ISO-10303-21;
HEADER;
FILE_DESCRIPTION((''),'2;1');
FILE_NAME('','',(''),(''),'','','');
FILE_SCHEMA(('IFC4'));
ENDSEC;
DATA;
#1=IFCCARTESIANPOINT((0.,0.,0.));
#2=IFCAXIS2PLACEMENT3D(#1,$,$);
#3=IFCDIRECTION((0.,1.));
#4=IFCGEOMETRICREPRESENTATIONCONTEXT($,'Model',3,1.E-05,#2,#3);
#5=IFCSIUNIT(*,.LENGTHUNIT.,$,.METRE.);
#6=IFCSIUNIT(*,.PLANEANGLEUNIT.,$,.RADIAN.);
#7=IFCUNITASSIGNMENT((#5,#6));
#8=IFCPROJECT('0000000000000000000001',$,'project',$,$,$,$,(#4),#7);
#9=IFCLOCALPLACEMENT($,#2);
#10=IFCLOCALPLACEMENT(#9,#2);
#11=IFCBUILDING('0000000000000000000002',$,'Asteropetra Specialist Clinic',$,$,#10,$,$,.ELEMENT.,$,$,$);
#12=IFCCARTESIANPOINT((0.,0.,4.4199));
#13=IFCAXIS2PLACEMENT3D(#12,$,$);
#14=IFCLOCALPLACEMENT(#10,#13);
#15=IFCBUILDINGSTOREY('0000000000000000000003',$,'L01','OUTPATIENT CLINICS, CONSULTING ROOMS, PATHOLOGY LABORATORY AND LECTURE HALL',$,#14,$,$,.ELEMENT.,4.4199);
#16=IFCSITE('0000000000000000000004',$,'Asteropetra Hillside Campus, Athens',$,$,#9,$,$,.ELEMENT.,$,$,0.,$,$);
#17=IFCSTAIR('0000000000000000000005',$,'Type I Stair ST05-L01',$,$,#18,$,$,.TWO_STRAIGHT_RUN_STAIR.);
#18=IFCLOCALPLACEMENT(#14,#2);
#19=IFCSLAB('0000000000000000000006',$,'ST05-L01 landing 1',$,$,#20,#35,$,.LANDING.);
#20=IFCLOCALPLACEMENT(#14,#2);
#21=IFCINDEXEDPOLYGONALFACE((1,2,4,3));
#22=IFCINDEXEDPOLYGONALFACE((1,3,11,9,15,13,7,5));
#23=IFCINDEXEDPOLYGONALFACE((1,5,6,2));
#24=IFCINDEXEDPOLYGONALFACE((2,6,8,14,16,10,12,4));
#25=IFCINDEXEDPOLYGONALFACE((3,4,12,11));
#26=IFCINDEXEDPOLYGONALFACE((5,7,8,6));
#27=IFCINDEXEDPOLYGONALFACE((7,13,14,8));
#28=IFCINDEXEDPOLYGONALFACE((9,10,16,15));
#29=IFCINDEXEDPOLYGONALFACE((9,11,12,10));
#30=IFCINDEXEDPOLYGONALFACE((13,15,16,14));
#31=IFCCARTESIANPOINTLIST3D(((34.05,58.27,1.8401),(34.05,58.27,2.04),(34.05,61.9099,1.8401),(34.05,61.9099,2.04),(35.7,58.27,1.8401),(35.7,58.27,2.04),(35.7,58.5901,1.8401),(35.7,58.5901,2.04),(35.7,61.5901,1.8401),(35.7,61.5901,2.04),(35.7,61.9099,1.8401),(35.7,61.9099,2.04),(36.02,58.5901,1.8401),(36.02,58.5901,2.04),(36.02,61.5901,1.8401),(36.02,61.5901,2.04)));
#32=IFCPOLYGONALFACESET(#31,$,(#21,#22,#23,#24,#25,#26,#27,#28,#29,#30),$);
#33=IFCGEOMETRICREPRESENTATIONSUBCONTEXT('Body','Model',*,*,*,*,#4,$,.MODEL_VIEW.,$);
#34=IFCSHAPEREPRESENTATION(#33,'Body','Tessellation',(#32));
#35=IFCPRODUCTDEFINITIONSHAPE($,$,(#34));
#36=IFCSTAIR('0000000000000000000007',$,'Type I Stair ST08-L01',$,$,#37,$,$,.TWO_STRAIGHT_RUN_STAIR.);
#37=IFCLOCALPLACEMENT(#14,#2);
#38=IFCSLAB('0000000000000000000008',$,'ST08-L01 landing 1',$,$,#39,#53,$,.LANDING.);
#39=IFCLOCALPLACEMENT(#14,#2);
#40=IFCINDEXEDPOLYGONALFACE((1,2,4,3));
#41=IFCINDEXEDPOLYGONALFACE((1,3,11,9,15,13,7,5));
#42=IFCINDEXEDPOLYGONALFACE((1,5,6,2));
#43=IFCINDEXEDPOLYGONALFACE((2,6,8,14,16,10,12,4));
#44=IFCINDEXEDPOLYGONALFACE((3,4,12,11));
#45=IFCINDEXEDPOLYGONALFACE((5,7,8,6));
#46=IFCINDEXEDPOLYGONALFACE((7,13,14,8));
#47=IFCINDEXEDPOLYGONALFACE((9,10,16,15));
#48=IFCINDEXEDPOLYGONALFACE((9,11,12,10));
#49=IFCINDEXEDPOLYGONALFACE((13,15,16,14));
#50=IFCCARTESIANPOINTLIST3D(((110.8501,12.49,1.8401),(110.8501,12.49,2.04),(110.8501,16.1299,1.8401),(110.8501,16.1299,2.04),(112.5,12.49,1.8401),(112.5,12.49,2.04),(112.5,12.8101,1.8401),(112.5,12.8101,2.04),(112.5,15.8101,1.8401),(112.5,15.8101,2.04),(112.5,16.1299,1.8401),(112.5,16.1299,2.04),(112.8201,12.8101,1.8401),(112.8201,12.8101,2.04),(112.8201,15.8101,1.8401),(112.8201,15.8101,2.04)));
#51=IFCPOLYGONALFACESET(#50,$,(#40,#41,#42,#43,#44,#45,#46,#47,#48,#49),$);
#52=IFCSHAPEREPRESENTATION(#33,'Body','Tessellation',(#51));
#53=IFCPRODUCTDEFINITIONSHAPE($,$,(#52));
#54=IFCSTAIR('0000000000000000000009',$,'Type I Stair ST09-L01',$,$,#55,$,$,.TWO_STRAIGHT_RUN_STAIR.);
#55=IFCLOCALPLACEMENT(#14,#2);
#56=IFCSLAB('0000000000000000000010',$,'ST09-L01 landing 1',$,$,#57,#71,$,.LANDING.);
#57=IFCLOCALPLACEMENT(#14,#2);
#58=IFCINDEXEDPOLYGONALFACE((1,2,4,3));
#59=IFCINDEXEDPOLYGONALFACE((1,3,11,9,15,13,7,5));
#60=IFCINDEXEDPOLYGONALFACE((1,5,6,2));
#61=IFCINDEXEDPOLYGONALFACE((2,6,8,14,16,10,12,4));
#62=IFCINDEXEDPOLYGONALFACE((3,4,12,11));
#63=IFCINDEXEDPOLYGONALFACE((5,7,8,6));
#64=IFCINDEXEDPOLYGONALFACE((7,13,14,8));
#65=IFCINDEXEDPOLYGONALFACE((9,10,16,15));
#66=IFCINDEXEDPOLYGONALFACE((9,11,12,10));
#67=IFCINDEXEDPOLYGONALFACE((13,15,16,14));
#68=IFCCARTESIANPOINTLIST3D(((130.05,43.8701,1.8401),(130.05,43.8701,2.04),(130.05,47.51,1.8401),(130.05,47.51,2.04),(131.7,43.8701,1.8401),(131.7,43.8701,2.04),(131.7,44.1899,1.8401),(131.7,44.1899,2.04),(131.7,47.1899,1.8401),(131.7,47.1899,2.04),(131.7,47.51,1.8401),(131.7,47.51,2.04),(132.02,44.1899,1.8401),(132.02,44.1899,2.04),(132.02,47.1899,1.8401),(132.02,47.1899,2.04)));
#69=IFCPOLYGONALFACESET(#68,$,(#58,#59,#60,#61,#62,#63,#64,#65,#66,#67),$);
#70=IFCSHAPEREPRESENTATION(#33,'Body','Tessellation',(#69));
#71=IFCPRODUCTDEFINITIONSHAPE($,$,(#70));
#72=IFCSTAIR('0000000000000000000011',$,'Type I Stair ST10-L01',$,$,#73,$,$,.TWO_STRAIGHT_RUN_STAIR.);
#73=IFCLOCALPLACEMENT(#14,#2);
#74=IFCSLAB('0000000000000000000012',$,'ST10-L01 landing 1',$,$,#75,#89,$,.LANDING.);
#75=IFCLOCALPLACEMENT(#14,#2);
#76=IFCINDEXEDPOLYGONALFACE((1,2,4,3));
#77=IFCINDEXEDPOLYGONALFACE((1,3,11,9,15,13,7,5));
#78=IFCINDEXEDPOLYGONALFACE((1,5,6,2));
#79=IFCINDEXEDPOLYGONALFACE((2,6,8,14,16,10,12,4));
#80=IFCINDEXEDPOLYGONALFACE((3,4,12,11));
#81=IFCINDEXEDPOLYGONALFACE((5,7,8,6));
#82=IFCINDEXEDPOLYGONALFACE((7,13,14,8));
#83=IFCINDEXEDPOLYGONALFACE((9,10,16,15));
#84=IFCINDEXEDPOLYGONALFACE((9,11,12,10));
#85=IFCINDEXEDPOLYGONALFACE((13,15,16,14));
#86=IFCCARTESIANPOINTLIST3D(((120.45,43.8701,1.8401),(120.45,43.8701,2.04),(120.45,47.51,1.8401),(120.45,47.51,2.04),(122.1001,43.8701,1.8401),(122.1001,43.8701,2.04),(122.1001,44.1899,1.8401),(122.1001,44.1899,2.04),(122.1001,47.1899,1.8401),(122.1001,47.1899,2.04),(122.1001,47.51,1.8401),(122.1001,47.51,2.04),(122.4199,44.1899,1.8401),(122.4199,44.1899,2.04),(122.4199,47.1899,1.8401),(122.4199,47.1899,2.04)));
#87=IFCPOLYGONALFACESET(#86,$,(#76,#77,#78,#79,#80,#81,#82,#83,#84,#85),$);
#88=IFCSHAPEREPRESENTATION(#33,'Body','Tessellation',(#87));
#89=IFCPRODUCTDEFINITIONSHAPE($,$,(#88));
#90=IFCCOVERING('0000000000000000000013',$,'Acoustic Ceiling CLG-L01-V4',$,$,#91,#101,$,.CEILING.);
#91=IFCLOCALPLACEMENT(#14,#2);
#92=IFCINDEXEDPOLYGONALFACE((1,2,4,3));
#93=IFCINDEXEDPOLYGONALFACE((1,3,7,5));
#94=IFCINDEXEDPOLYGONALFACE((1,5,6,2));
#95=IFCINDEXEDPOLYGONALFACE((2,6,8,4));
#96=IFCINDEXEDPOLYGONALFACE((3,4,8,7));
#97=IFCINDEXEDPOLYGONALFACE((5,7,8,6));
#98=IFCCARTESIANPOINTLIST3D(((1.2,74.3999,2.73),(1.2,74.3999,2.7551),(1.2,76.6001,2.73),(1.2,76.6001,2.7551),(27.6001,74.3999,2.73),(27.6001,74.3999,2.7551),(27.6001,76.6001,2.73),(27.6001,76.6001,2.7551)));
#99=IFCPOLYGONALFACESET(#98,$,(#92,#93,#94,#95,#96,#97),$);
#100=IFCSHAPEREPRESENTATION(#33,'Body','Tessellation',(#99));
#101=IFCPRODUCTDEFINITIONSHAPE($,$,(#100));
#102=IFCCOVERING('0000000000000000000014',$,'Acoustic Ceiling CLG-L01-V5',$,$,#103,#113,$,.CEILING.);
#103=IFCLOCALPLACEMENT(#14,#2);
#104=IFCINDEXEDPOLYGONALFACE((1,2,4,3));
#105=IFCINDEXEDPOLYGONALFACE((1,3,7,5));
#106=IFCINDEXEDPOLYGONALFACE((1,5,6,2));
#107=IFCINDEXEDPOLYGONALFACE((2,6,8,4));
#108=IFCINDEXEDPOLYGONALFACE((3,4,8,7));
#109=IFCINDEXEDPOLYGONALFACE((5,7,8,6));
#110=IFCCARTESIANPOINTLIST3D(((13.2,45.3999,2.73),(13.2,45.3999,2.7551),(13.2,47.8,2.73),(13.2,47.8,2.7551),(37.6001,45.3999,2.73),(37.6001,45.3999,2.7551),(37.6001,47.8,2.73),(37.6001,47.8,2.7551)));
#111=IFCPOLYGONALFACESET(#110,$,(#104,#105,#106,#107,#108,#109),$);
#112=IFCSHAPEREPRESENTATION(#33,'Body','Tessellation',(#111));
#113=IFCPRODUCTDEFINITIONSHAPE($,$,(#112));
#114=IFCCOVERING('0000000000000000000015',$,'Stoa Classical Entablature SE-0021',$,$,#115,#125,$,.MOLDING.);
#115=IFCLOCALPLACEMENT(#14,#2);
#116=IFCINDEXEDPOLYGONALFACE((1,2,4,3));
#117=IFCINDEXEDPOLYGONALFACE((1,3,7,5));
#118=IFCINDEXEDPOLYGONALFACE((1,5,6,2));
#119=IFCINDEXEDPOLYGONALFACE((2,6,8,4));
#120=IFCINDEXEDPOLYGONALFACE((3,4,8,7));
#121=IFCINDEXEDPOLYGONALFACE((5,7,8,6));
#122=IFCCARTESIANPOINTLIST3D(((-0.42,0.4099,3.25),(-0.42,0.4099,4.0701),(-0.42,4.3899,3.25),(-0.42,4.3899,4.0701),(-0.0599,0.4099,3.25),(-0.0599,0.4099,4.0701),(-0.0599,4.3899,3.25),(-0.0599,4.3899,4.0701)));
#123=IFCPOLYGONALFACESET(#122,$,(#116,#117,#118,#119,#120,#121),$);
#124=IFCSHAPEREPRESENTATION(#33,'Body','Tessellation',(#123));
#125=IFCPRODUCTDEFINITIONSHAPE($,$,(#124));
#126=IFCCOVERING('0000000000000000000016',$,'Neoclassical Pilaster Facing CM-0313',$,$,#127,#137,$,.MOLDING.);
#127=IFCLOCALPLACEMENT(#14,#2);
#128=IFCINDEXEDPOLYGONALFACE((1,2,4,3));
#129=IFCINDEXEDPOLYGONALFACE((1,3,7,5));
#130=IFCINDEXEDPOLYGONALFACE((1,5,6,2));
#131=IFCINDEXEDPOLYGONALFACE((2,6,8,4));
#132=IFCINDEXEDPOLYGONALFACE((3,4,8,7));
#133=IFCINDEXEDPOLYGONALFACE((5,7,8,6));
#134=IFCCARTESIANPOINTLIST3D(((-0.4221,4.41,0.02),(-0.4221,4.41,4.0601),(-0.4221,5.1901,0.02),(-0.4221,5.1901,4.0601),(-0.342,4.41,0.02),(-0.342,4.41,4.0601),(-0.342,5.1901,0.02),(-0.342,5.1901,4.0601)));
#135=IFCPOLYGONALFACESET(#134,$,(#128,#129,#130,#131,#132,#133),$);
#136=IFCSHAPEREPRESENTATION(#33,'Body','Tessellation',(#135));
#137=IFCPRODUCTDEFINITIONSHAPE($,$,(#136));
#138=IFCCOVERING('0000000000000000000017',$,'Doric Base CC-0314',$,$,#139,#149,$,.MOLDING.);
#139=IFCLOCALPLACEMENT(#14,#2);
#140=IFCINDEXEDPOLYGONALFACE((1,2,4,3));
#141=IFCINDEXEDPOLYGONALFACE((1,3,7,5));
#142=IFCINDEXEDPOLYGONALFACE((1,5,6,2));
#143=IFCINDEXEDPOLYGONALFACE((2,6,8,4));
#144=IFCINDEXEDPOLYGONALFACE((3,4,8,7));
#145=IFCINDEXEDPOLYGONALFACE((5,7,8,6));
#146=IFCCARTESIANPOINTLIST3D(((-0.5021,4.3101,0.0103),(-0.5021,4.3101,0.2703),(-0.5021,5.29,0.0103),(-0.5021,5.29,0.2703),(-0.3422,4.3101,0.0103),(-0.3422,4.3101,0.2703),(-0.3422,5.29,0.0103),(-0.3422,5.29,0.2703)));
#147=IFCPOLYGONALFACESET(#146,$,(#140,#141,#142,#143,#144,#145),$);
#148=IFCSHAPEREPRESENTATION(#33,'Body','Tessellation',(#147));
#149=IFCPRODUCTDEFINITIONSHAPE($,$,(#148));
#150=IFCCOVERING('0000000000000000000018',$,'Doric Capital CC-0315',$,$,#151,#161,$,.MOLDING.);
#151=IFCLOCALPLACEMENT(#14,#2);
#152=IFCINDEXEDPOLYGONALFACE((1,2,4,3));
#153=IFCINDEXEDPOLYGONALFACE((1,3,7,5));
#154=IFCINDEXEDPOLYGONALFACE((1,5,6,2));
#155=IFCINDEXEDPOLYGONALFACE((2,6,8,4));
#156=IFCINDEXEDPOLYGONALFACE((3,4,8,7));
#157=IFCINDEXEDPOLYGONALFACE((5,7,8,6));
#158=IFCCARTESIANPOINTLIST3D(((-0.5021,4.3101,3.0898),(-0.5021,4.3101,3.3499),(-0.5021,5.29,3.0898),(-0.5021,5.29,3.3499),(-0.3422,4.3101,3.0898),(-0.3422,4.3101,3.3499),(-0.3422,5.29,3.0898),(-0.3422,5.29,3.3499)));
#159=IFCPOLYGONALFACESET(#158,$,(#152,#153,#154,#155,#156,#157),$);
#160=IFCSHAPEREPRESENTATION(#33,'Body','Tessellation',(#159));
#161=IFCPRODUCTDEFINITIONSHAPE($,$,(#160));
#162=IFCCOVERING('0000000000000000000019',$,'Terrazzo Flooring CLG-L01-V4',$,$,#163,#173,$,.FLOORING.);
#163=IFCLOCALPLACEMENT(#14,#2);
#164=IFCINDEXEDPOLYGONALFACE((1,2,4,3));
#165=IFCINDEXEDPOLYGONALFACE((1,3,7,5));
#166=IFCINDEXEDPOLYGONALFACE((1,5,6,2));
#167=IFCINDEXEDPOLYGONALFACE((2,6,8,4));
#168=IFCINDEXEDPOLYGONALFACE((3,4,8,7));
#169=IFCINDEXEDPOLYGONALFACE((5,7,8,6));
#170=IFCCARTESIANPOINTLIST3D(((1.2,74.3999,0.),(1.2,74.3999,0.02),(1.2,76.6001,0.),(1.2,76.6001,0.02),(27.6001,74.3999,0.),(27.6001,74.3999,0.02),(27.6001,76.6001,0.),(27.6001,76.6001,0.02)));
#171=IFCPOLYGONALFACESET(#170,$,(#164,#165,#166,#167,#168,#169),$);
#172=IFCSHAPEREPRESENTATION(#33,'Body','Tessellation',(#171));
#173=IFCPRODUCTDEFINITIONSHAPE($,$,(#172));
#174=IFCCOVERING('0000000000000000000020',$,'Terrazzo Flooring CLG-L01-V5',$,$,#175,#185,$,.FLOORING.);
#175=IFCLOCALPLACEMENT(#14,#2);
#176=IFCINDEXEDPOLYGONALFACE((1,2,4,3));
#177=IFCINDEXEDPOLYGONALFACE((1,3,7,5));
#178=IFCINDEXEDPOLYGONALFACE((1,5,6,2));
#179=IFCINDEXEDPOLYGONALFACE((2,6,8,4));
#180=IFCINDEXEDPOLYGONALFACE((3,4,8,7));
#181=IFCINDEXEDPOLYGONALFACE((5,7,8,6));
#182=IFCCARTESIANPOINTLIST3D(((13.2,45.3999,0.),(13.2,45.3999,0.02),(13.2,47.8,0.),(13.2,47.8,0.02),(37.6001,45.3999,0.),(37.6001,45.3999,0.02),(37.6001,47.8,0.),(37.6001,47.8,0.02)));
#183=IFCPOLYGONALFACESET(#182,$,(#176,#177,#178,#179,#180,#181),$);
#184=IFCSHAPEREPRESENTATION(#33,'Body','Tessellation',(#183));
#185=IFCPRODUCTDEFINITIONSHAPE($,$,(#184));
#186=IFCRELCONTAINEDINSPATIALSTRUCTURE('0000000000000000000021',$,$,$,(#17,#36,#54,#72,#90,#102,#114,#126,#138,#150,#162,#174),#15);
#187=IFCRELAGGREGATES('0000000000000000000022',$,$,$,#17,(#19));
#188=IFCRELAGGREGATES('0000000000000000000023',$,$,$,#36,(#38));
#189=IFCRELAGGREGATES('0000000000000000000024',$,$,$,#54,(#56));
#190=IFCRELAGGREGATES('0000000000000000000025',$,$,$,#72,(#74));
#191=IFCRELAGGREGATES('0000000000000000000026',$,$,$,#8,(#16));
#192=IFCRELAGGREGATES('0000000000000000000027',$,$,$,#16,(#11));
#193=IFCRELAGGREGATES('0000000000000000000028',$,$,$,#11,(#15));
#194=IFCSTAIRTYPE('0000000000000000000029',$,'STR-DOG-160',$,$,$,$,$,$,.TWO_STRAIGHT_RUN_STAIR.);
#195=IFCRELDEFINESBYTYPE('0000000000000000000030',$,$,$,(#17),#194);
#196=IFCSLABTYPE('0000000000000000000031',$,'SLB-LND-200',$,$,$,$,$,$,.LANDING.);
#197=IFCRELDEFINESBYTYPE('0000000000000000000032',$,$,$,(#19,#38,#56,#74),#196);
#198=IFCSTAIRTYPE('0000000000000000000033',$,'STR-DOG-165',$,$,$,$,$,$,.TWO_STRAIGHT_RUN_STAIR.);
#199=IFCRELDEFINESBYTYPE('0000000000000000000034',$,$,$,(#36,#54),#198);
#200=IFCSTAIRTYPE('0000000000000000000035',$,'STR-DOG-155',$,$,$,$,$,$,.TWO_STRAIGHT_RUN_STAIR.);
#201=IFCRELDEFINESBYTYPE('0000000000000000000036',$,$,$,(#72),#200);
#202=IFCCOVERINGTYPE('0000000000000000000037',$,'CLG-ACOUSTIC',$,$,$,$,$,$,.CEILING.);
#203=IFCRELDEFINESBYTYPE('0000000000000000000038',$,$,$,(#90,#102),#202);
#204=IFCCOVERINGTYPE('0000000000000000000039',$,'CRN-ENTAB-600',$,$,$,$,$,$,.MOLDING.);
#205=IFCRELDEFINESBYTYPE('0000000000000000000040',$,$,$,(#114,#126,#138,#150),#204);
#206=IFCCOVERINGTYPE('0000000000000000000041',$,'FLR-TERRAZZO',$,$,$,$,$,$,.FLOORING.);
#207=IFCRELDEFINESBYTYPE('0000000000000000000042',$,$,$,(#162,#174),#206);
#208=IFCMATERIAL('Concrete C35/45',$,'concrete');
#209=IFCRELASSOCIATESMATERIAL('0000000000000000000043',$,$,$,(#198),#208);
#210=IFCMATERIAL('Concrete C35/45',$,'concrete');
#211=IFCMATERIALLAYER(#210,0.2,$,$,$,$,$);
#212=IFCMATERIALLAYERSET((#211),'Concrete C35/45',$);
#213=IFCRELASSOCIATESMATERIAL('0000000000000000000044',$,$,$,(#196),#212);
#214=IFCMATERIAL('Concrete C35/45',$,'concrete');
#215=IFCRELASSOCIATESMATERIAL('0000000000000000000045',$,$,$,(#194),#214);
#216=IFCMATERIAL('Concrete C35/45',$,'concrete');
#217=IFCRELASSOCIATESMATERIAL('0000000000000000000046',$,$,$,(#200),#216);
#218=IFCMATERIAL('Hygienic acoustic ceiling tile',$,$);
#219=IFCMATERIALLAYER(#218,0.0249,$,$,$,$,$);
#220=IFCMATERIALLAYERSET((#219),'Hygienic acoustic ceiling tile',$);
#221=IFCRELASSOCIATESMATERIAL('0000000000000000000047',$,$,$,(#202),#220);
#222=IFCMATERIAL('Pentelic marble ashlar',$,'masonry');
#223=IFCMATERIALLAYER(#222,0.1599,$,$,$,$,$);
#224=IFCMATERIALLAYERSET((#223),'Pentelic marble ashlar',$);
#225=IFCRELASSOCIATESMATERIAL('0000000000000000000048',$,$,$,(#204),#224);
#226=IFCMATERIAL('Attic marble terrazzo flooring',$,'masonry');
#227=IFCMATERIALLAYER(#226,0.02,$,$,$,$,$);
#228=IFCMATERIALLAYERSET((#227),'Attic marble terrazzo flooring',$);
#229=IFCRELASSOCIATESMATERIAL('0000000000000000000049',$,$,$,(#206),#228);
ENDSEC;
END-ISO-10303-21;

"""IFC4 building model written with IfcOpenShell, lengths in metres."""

from ifc_helpers import new_model, si_unit, direction, frame, origin, origin_2d, place, context, subcontext, project, spatial, polyline, rectangle, outline, extrude, material, layer, layer_set, type_object, element, aggregate, save


model = new_model("IFC4")

# Units and contexts
model_context = context("Model", 3, precision=1e-05, world=origin(), true_north=direction((0.0, 1.0)))
body_context = subcontext(model_context, "Body", "Model", "MODEL_VIEW")
ifc_project = project(units=[si_unit("LENGTHUNIT", "METRE"), si_unit("PLANEANGLEUNIT", "RADIAN")], contexts=[model_context])

# Site, building, storey
site_placement = place(None, origin())
site = spatial("IfcSite", under=ifc_project, at=site_placement, Name="Asteropetra Hillside Campus, Athens", CompositionType="ELEMENT", RefElevation=0.0)
building_placement = place(site_placement, origin())
building = spatial("IfcBuilding", under=site, at=building_placement, Name="Asteropetra Specialist Clinic", CompositionType="ELEMENT")
storey_placement = place(building_placement, frame((0.0, 0.0, 4.4199)))
storey = spatial("IfcBuildingStorey", under=building, at=storey_placement, Name="L01", Description="OUTPATIENT CLINICS, CONSULTING ROOMS, PATHOLOGY LABORATORY AND LECTURE HALL", CompositionType="ELEMENT", Elevation=4.4199)

# Stairs, slabs
ifc_material_1 = material(Name="Concrete C35/45", Category="concrete")
stair_type_1 = type_object("IfcStairType", Name="STR-DOG-165", PredefinedType="TWO_STRAIGHT_RUN_STAIR", material=ifc_material_1)
ifc_material_2 = material(Name="Concrete C35/45", Category="concrete")
ifc_layer_1 = layer(ifc_material_2, 0.2)
ifc_layer_set_1 = layer_set([ifc_layer_1], Name="Concrete C35/45")
slab_type = type_object("IfcSlabType", Name="SLB-LND-200", PredefinedType="LANDING", material=ifc_layer_set_1)
ifc_material_3 = material(Name="Concrete C35/45", Category="concrete")
stair_type_2 = type_object("IfcStairType", Name="STR-DOG-160", PredefinedType="TWO_STRAIGHT_RUN_STAIR", material=ifc_material_3)
stair_1_placement = place(storey_placement, origin())
stair_1 = element("IfcStair", 1, at=stair_1_placement, inside=storey, type_object=stair_type_2, Name="Type I Stair ST05-L01", PredefinedType="TWO_STRAIGHT_RUN_STAIR")
slab_1_placement = place(storey_placement, frame((0.0, 0.0, 1.8401)))
slab_1 = element("IfcSlab", 2, at=slab_1_placement, type_object=slab_type, Name="ST05-L01 landing 1", PredefinedType="LANDING", context=body_context, shape_type="SweptSolid", body=[
    extrude(outline(polyline([(34.05, 58.27), (35.7, 58.27), (35.7, 58.5901), (36.02, 58.5901), (36.02, 61.5901), (35.7, 61.5901), (35.7, 61.9099), (34.05, 61.9099), (34.05, 58.27)])), origin(), (0.0, 0.0, 1.0), 0.2),
])
aggregate(stair_1, [slab_1])
stair_2_placement = place(storey_placement, origin())
stair_2 = element("IfcStair", 3, at=stair_2_placement, inside=storey, type_object=stair_type_1, Name="Type I Stair ST08-L01", PredefinedType="TWO_STRAIGHT_RUN_STAIR")
slab_2_placement = place(storey_placement, frame((0.0, 0.0, 1.8401)))
slab_2 = element("IfcSlab", 4, at=slab_2_placement, type_object=slab_type, Name="ST08-L01 landing 1", PredefinedType="LANDING", context=body_context, shape_type="SweptSolid", body=[
    extrude(outline(polyline([(110.8501, 12.49), (112.5, 12.49), (112.5, 12.8101), (112.8201, 12.8101), (112.8201, 15.8101), (112.5, 15.8101), (112.5, 16.1299), (110.8501, 16.1299), (110.8501, 12.49)])), origin(), (0.0, 0.0, 1.0), 0.2),
])
aggregate(stair_2, [slab_2])
stair_3_placement = place(storey_placement, origin())
stair_3 = element("IfcStair", 5, at=stair_3_placement, inside=storey, type_object=stair_type_1, Name="Type I Stair ST09-L01", PredefinedType="TWO_STRAIGHT_RUN_STAIR")
slab_3_placement = place(storey_placement, frame((0.0, 0.0, 1.8401)))
slab_3 = element("IfcSlab", 6, at=slab_3_placement, type_object=slab_type, Name="ST09-L01 landing 1", PredefinedType="LANDING", context=body_context, shape_type="SweptSolid", body=[
    extrude(outline(polyline([(130.05, 43.8701), (131.7, 43.8701), (131.7, 44.1899), (132.02, 44.1899), (132.02, 47.1899), (131.7, 47.1899), (131.7, 47.51), (130.05, 47.51), (130.05, 43.8701)])), origin(), (0.0, 0.0, 1.0), 0.2),
])
aggregate(stair_3, [slab_3])
ifc_material_4 = material(Name="Concrete C35/45", Category="concrete")
stair_type_3 = type_object("IfcStairType", Name="STR-DOG-155", PredefinedType="TWO_STRAIGHT_RUN_STAIR", material=ifc_material_4)
stair_4_placement = place(storey_placement, origin())
stair_4 = element("IfcStair", 7, at=stair_4_placement, inside=storey, type_object=stair_type_3, Name="Type I Stair ST10-L01", PredefinedType="TWO_STRAIGHT_RUN_STAIR")
slab_4_placement = place(storey_placement, frame((0.0, 0.0, 1.8401)))
slab_4 = element("IfcSlab", 8, at=slab_4_placement, type_object=slab_type, Name="ST10-L01 landing 1", PredefinedType="LANDING", context=body_context, shape_type="SweptSolid", body=[
    extrude(outline(polyline([(120.45, 43.8701), (122.1001, 43.8701), (122.1001, 44.1899), (122.4199, 44.1899), (122.4199, 47.1899), (122.1001, 47.1899), (122.1001, 47.51), (120.45, 47.51), (120.45, 43.8701)])), origin(), (0.0, 0.0, 1.0), 0.2),
])
aggregate(stair_4, [slab_4])

# Coverings
ifc_material_5 = material(Name="Hygienic acoustic ceiling tile")
ifc_layer_2 = layer(ifc_material_5, 0.0249)
ifc_layer_set_2 = layer_set([ifc_layer_2], Name="Hygienic acoustic ceiling tile")
covering_type_1 = type_object("IfcCoveringType", Name="CLG-ACOUSTIC", PredefinedType="CEILING", material=ifc_layer_set_2)
covering_1_placement = place(storey_placement, frame((0.0, 0.0, 2.73)))
element("IfcCovering", 9, at=covering_1_placement, inside=storey, type_object=covering_type_1, Name="Acoustic Ceiling CLG-L01-V4", PredefinedType="CEILING", context=body_context, shape_type="SweptSolid", body=[
    extrude(outline(polyline([(1.2, 74.3999), (27.6001, 74.3999), (27.6001, 76.6001), (1.2, 76.6001), (1.2, 74.3999)])), origin(), (0.0, 0.0, 1.0), 0.0251),
])
covering_2_placement = place(storey_placement, frame((0.0, 0.0, 2.73)))
element("IfcCovering", 10, at=covering_2_placement, inside=storey, type_object=covering_type_1, Name="Acoustic Ceiling CLG-L01-V5", PredefinedType="CEILING", context=body_context, shape_type="SweptSolid", body=[
    extrude(outline(polyline([(13.2, 45.3999), (37.6001, 45.3999), (37.6001, 47.8), (13.2, 47.8), (13.2, 45.3999)])), origin(), (0.0, 0.0, 1.0), 0.0251),
])
ifc_material_6 = material(Name="Pentelic marble ashlar", Category="masonry")
ifc_layer_3 = layer(ifc_material_6, 0.1599)
ifc_layer_set_3 = layer_set([ifc_layer_3], Name="Pentelic marble ashlar")
covering_type_2 = type_object("IfcCoveringType", Name="CRN-ENTAB-600", PredefinedType="MOLDING", material=ifc_layer_set_3)
covering_3_placement = place(storey_placement, frame((-0.24, 2.3999, 3.25), z_axis=(0.0, 0.0, 1.0), x_axis=(1.0, 0.0, 0.0)))
element("IfcCovering", 11, at=covering_3_placement, inside=storey, type_object=covering_type_2, Name="Stoa Classical Entablature SE-0021", PredefinedType="MOLDING", context=body_context, shape_type="SweptSolid", body=[
    extrude(rectangle(XDim=0.3601, YDim=3.98, at=origin_2d()), origin(), (0.0, 0.0, 1.0), 0.8201),
])
covering_4_placement = place(storey_placement, frame((-0.3821, 4.8, 0.02), z_axis=(0.0, 0.0, 1.0), x_axis=(1.0, 0.0, 0.0)))
element("IfcCovering", 12, at=covering_4_placement, inside=storey, type_object=covering_type_2, Name="Neoclassical Pilaster Facing CM-0313", PredefinedType="MOLDING", context=body_context, shape_type="SweptSolid", body=[
    extrude(rectangle(XDim=0.0801, YDim=0.78, at=origin_2d()), origin(), (0.0, 0.0, 1.0), 4.04),
])
for number, where, z_axis, x_axis, name in (
    (13, (-0.4221, 4.8, 0.0103), (0.0, 0.0, 1.0), (1.0, 0.0, 0.0), "Doric Base CC-0314"),
    (14, (-0.4221, 4.8, 3.0898), (0.0, 0.0, 1.0), (1.0, 0.0, 0.0), "Doric Capital CC-0315"),
):
    element("IfcCovering", number, at=place(storey_placement, frame(where, z_axis=z_axis, x_axis=x_axis)), inside=storey, type_object=covering_type_2, Name=name, PredefinedType="MOLDING", context=body_context, shape_type="SweptSolid", body=[
        extrude(rectangle(XDim=0.1599, YDim=0.98, at=origin_2d()), origin(), (0.0, 0.0, 1.0), 0.26),
    ])
ifc_material_7 = material(Name="Attic marble terrazzo flooring", Category="masonry")
ifc_layer_4 = layer(ifc_material_7, 0.02)
ifc_layer_set_4 = layer_set([ifc_layer_4], Name="Attic marble terrazzo flooring")
covering_type_3 = type_object("IfcCoveringType", Name="FLR-TERRAZZO", PredefinedType="FLOORING", material=ifc_layer_set_4)
covering_5_placement = place(storey_placement, origin())
element("IfcCovering", 15, at=covering_5_placement, inside=storey, type_object=covering_type_3, Name="Terrazzo Flooring CLG-L01-V4", PredefinedType="FLOORING", context=body_context, shape_type="SweptSolid", body=[
    extrude(outline(polyline([(1.2, 74.3999), (27.6001, 74.3999), (27.6001, 76.6001), (1.2, 76.6001), (1.2, 74.3999)])), origin(), (0.0, 0.0, 1.0), 0.02),
])
covering_6_placement = place(storey_placement, origin())
element("IfcCovering", 16, at=covering_6_placement, inside=storey, type_object=covering_type_3, Name="Terrazzo Flooring CLG-L01-V5", PredefinedType="FLOORING", context=body_context, shape_type="SweptSolid", body=[
    extrude(outline(polyline([(13.2, 45.3999), (37.6001, 45.3999), (37.6001, 47.8), (13.2, 47.8), (13.2, 45.3999)])), origin(), (0.0, 0.0, 1.0), 0.02),
])

save(model, "model.ifc")
